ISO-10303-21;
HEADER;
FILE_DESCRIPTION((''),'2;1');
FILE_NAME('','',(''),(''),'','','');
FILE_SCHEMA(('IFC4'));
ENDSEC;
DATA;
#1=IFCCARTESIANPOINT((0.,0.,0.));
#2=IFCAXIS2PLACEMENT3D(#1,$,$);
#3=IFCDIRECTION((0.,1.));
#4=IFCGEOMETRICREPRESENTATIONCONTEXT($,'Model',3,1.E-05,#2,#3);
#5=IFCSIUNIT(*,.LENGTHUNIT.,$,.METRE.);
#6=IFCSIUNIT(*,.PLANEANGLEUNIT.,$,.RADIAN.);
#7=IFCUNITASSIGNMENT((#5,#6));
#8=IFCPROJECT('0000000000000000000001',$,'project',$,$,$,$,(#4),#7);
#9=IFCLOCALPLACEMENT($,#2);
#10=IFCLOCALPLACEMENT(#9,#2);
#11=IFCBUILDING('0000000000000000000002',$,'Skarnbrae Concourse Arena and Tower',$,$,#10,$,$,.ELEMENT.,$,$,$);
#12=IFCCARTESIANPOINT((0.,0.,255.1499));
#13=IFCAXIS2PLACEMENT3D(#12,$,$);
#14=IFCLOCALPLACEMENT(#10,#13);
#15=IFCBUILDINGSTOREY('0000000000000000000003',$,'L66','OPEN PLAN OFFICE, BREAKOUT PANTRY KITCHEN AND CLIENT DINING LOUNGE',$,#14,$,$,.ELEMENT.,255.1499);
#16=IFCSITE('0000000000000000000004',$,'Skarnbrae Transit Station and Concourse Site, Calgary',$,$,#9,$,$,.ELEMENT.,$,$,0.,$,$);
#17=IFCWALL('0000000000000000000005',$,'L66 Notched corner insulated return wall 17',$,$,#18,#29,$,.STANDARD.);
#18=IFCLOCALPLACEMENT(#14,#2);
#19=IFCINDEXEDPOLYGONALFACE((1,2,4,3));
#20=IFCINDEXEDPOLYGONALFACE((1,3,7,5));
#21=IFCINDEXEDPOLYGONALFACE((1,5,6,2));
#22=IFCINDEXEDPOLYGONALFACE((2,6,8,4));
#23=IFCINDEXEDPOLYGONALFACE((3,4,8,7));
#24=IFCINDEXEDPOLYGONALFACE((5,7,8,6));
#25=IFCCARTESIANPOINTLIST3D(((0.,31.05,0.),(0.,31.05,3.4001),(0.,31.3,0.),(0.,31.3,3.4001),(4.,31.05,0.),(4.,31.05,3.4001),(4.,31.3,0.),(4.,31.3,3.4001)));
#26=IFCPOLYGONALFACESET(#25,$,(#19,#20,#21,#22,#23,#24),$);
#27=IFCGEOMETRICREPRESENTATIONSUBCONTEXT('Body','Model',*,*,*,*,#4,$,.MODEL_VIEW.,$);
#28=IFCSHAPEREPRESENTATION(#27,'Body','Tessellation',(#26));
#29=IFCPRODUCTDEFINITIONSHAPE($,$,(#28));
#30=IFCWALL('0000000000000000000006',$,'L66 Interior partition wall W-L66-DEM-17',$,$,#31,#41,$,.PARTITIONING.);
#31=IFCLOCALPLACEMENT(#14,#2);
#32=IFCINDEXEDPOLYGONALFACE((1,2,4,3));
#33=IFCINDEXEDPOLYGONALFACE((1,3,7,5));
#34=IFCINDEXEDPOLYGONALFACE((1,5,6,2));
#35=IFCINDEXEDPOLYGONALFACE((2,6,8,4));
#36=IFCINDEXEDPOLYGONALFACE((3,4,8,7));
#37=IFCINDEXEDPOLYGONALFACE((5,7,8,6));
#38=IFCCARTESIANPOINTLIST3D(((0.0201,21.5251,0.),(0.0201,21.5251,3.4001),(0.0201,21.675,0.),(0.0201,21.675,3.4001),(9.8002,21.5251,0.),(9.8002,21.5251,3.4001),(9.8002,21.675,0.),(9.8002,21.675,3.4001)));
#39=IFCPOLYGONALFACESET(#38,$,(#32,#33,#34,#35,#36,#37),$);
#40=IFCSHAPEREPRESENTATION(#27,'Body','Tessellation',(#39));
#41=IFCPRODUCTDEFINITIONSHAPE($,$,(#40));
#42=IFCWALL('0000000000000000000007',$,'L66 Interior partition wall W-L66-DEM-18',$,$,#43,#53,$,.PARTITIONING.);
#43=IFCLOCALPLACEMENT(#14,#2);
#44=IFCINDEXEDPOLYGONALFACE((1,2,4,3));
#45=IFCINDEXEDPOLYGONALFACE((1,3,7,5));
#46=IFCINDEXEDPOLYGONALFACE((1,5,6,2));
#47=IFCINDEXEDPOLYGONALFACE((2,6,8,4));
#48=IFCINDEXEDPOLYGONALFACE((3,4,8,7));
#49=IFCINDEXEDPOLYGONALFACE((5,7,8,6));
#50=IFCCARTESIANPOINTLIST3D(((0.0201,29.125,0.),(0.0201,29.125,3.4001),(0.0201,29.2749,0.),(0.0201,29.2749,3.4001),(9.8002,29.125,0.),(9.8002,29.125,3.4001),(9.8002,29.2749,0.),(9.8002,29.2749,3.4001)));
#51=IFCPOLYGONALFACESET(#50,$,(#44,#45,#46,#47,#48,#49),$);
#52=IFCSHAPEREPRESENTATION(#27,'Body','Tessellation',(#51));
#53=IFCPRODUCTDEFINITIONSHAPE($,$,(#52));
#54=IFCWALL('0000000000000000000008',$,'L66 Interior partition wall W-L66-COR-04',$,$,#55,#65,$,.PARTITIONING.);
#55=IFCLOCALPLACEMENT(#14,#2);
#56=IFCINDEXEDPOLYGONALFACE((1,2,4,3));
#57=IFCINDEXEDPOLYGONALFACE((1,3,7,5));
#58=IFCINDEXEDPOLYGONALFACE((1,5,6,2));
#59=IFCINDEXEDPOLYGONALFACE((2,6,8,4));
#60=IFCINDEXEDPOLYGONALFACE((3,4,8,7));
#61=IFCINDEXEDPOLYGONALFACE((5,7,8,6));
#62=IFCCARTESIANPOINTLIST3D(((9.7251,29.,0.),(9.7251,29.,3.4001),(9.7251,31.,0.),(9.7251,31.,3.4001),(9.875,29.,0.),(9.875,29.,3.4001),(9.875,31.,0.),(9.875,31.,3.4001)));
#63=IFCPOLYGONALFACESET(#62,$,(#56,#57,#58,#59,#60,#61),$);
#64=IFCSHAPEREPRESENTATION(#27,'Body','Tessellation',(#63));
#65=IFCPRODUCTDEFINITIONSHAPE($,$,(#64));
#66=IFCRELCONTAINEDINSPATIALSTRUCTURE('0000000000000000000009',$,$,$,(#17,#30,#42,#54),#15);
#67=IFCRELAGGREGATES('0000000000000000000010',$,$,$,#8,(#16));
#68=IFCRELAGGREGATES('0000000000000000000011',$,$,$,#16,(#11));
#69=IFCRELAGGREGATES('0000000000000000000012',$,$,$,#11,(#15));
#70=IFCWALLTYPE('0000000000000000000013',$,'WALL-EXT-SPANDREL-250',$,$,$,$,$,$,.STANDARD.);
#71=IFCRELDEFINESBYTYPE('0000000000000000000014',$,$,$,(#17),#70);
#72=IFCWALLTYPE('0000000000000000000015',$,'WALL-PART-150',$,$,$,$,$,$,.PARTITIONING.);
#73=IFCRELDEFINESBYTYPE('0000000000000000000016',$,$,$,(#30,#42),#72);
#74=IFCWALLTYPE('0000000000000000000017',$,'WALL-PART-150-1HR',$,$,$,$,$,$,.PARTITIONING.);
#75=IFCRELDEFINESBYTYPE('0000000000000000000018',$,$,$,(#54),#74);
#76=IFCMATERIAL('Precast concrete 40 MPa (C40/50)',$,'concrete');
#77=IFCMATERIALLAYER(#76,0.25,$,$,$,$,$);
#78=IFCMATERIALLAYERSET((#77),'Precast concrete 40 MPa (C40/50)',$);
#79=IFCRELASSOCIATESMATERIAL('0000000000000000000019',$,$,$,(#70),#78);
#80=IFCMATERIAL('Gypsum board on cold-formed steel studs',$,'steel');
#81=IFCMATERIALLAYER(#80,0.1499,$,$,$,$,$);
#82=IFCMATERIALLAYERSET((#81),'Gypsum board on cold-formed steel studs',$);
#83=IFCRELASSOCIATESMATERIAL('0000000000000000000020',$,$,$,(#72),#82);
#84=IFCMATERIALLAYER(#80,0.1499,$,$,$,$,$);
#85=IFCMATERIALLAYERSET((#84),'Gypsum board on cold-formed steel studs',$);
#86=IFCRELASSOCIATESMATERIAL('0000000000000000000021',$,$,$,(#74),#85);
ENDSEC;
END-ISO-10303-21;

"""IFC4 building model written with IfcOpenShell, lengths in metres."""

from ifc_helpers import new_model, si_unit, direction, frame, frame_2d, origin, place, context, subcontext, project, spatial, rectangle, extrude, source, transform, mapped, material, layer, layer_set, type_object, element, save


model = new_model("IFC4")

# Units and contexts
model_context = context("Model", 3, precision=1e-05, world=origin(), true_north=direction((0.0, 1.0)))
body_context = subcontext(model_context, "Body", "Model", "MODEL_VIEW")
ifc_project = project(units=[si_unit("LENGTHUNIT", "METRE"), si_unit("PLANEANGLEUNIT", "RADIAN")], contexts=[model_context])

# Site, building, storey
site_placement = place(None, origin())
site = spatial("IfcSite", under=ifc_project, at=site_placement, Name="Skarnbrae Transit Station and Concourse Site, Calgary", CompositionType="ELEMENT", RefElevation=0.0)
building_placement = place(site_placement, origin())
building = spatial("IfcBuilding", under=site, at=building_placement, Name="Skarnbrae Concourse Arena and Tower", CompositionType="ELEMENT")
storey_placement = place(building_placement, frame((0.0, 0.0, 255.1499)))
storey = spatial("IfcBuildingStorey", under=building, at=storey_placement, Name="L66", Description="OPEN PLAN OFFICE, BREAKOUT PANTRY KITCHEN AND CLIENT DINING LOUNGE", CompositionType="ELEMENT", Elevation=255.1499)

# Walls
ifc_material_1 = material(Name="Precast concrete 40 MPa (C40/50)", Category="concrete")
ifc_layer_1 = layer(ifc_material_1, 0.25)
ifc_layer_set_1 = layer_set([ifc_layer_1], Name="Precast concrete 40 MPa (C40/50)")
wall_type_1 = type_object("IfcWallType", Name="WALL-EXT-SPANDREL-250", PredefinedType="STANDARD", material=ifc_layer_set_1)
shared_shape_1 = source(origin(), body_context, "Body", "SweptSolid", [
    extrude(rectangle(XDim=4.0, YDim=0.25, at=frame_2d((2.0, 0.0))), origin(), (0.0, 0.0, 1.0), 3.4001),
])
for number, where, z_axis, x_axis, name in (
    (1, (4.0, 31.175, 0.0), (0.0, 0.0, 1.0), (-1.0, 0.0, 0.0), "L66 Notched corner insulated return wall 17"),
):
    element("IfcWall", number, at=place(storey_placement, frame(where, z_axis=z_axis, x_axis=x_axis)), inside=storey, type_object=wall_type_1, Name=name, PredefinedType="STANDARD", context=body_context, shape_type="MappedRepresentation", body=[
        mapped(shared_shape_1, transform((0.0, 0.0, 0.0))),
    ])
ifc_material_2 = material(Name="Gypsum board on cold-formed steel studs", Category="steel")
ifc_layer_2 = layer(ifc_material_2, 0.1499)
ifc_layer_set_2 = layer_set([ifc_layer_2], Name="Gypsum board on cold-formed steel studs")
wall_type_2 = type_object("IfcWallType", Name="WALL-PART-150", PredefinedType="PARTITIONING", material=ifc_layer_set_2)
shared_shape_2 = source(origin(), body_context, "Body", "SweptSolid", [
    extrude(rectangle(XDim=9.78, YDim=0.1499, at=frame_2d((4.8901, 0.0))), origin(), (0.0, 0.0, 1.0), 3.4001),
])
for number, where, z_axis, x_axis, name in (
    (2, (0.02, 21.6001, 0.0), (0.0, 0.0, 1.0), (1.0, 0.0, 0.0), "L66 Interior partition wall W-L66-DEM-17"),
    (3, (0.02, 29.2, 0.0), (0.0, 0.0, 1.0), (1.0, 0.0, 0.0), "L66 Interior partition wall W-L66-DEM-18"),
):
    element("IfcWall", number, at=place(storey_placement, frame(where, z_axis=z_axis, x_axis=x_axis)), inside=storey, type_object=wall_type_2, Name=name, PredefinedType="PARTITIONING", context=body_context, shape_type="MappedRepresentation", body=[
        mapped(shared_shape_2, transform((0.0, 0.0, 0.0))),
    ])
ifc_layer_3 = layer(ifc_material_2, 0.1499)
ifc_layer_set_3 = layer_set([ifc_layer_3], Name="Gypsum board on cold-formed steel studs")
wall_type_3 = type_object("IfcWallType", Name="WALL-PART-150-1HR", PredefinedType="PARTITIONING", material=ifc_layer_set_3)
shared_shape_3 = source(origin(), body_context, "Body", "SweptSolid", [
    extrude(rectangle(XDim=2.0, YDim=0.1499, at=frame_2d((1.0, 0.0))), origin(), (0.0, 0.0, 1.0), 3.4001),
])
wall_1_placement = place(storey_placement, frame((9.8, 29.0, 0.0), z_axis=(0.0, 0.0, 1.0), x_axis=(0.0, 1.0, 0.0)))
element("IfcWall", 4, at=wall_1_placement, inside=storey, type_object=wall_type_3, Name="L66 Interior partition wall W-L66-COR-04", PredefinedType="PARTITIONING", context=body_context, shape_type="MappedRepresentation", body=[
    mapped(shared_shape_3, transform((0.0, 0.0, 0.0))),
])

save(model, "model.ifc")
